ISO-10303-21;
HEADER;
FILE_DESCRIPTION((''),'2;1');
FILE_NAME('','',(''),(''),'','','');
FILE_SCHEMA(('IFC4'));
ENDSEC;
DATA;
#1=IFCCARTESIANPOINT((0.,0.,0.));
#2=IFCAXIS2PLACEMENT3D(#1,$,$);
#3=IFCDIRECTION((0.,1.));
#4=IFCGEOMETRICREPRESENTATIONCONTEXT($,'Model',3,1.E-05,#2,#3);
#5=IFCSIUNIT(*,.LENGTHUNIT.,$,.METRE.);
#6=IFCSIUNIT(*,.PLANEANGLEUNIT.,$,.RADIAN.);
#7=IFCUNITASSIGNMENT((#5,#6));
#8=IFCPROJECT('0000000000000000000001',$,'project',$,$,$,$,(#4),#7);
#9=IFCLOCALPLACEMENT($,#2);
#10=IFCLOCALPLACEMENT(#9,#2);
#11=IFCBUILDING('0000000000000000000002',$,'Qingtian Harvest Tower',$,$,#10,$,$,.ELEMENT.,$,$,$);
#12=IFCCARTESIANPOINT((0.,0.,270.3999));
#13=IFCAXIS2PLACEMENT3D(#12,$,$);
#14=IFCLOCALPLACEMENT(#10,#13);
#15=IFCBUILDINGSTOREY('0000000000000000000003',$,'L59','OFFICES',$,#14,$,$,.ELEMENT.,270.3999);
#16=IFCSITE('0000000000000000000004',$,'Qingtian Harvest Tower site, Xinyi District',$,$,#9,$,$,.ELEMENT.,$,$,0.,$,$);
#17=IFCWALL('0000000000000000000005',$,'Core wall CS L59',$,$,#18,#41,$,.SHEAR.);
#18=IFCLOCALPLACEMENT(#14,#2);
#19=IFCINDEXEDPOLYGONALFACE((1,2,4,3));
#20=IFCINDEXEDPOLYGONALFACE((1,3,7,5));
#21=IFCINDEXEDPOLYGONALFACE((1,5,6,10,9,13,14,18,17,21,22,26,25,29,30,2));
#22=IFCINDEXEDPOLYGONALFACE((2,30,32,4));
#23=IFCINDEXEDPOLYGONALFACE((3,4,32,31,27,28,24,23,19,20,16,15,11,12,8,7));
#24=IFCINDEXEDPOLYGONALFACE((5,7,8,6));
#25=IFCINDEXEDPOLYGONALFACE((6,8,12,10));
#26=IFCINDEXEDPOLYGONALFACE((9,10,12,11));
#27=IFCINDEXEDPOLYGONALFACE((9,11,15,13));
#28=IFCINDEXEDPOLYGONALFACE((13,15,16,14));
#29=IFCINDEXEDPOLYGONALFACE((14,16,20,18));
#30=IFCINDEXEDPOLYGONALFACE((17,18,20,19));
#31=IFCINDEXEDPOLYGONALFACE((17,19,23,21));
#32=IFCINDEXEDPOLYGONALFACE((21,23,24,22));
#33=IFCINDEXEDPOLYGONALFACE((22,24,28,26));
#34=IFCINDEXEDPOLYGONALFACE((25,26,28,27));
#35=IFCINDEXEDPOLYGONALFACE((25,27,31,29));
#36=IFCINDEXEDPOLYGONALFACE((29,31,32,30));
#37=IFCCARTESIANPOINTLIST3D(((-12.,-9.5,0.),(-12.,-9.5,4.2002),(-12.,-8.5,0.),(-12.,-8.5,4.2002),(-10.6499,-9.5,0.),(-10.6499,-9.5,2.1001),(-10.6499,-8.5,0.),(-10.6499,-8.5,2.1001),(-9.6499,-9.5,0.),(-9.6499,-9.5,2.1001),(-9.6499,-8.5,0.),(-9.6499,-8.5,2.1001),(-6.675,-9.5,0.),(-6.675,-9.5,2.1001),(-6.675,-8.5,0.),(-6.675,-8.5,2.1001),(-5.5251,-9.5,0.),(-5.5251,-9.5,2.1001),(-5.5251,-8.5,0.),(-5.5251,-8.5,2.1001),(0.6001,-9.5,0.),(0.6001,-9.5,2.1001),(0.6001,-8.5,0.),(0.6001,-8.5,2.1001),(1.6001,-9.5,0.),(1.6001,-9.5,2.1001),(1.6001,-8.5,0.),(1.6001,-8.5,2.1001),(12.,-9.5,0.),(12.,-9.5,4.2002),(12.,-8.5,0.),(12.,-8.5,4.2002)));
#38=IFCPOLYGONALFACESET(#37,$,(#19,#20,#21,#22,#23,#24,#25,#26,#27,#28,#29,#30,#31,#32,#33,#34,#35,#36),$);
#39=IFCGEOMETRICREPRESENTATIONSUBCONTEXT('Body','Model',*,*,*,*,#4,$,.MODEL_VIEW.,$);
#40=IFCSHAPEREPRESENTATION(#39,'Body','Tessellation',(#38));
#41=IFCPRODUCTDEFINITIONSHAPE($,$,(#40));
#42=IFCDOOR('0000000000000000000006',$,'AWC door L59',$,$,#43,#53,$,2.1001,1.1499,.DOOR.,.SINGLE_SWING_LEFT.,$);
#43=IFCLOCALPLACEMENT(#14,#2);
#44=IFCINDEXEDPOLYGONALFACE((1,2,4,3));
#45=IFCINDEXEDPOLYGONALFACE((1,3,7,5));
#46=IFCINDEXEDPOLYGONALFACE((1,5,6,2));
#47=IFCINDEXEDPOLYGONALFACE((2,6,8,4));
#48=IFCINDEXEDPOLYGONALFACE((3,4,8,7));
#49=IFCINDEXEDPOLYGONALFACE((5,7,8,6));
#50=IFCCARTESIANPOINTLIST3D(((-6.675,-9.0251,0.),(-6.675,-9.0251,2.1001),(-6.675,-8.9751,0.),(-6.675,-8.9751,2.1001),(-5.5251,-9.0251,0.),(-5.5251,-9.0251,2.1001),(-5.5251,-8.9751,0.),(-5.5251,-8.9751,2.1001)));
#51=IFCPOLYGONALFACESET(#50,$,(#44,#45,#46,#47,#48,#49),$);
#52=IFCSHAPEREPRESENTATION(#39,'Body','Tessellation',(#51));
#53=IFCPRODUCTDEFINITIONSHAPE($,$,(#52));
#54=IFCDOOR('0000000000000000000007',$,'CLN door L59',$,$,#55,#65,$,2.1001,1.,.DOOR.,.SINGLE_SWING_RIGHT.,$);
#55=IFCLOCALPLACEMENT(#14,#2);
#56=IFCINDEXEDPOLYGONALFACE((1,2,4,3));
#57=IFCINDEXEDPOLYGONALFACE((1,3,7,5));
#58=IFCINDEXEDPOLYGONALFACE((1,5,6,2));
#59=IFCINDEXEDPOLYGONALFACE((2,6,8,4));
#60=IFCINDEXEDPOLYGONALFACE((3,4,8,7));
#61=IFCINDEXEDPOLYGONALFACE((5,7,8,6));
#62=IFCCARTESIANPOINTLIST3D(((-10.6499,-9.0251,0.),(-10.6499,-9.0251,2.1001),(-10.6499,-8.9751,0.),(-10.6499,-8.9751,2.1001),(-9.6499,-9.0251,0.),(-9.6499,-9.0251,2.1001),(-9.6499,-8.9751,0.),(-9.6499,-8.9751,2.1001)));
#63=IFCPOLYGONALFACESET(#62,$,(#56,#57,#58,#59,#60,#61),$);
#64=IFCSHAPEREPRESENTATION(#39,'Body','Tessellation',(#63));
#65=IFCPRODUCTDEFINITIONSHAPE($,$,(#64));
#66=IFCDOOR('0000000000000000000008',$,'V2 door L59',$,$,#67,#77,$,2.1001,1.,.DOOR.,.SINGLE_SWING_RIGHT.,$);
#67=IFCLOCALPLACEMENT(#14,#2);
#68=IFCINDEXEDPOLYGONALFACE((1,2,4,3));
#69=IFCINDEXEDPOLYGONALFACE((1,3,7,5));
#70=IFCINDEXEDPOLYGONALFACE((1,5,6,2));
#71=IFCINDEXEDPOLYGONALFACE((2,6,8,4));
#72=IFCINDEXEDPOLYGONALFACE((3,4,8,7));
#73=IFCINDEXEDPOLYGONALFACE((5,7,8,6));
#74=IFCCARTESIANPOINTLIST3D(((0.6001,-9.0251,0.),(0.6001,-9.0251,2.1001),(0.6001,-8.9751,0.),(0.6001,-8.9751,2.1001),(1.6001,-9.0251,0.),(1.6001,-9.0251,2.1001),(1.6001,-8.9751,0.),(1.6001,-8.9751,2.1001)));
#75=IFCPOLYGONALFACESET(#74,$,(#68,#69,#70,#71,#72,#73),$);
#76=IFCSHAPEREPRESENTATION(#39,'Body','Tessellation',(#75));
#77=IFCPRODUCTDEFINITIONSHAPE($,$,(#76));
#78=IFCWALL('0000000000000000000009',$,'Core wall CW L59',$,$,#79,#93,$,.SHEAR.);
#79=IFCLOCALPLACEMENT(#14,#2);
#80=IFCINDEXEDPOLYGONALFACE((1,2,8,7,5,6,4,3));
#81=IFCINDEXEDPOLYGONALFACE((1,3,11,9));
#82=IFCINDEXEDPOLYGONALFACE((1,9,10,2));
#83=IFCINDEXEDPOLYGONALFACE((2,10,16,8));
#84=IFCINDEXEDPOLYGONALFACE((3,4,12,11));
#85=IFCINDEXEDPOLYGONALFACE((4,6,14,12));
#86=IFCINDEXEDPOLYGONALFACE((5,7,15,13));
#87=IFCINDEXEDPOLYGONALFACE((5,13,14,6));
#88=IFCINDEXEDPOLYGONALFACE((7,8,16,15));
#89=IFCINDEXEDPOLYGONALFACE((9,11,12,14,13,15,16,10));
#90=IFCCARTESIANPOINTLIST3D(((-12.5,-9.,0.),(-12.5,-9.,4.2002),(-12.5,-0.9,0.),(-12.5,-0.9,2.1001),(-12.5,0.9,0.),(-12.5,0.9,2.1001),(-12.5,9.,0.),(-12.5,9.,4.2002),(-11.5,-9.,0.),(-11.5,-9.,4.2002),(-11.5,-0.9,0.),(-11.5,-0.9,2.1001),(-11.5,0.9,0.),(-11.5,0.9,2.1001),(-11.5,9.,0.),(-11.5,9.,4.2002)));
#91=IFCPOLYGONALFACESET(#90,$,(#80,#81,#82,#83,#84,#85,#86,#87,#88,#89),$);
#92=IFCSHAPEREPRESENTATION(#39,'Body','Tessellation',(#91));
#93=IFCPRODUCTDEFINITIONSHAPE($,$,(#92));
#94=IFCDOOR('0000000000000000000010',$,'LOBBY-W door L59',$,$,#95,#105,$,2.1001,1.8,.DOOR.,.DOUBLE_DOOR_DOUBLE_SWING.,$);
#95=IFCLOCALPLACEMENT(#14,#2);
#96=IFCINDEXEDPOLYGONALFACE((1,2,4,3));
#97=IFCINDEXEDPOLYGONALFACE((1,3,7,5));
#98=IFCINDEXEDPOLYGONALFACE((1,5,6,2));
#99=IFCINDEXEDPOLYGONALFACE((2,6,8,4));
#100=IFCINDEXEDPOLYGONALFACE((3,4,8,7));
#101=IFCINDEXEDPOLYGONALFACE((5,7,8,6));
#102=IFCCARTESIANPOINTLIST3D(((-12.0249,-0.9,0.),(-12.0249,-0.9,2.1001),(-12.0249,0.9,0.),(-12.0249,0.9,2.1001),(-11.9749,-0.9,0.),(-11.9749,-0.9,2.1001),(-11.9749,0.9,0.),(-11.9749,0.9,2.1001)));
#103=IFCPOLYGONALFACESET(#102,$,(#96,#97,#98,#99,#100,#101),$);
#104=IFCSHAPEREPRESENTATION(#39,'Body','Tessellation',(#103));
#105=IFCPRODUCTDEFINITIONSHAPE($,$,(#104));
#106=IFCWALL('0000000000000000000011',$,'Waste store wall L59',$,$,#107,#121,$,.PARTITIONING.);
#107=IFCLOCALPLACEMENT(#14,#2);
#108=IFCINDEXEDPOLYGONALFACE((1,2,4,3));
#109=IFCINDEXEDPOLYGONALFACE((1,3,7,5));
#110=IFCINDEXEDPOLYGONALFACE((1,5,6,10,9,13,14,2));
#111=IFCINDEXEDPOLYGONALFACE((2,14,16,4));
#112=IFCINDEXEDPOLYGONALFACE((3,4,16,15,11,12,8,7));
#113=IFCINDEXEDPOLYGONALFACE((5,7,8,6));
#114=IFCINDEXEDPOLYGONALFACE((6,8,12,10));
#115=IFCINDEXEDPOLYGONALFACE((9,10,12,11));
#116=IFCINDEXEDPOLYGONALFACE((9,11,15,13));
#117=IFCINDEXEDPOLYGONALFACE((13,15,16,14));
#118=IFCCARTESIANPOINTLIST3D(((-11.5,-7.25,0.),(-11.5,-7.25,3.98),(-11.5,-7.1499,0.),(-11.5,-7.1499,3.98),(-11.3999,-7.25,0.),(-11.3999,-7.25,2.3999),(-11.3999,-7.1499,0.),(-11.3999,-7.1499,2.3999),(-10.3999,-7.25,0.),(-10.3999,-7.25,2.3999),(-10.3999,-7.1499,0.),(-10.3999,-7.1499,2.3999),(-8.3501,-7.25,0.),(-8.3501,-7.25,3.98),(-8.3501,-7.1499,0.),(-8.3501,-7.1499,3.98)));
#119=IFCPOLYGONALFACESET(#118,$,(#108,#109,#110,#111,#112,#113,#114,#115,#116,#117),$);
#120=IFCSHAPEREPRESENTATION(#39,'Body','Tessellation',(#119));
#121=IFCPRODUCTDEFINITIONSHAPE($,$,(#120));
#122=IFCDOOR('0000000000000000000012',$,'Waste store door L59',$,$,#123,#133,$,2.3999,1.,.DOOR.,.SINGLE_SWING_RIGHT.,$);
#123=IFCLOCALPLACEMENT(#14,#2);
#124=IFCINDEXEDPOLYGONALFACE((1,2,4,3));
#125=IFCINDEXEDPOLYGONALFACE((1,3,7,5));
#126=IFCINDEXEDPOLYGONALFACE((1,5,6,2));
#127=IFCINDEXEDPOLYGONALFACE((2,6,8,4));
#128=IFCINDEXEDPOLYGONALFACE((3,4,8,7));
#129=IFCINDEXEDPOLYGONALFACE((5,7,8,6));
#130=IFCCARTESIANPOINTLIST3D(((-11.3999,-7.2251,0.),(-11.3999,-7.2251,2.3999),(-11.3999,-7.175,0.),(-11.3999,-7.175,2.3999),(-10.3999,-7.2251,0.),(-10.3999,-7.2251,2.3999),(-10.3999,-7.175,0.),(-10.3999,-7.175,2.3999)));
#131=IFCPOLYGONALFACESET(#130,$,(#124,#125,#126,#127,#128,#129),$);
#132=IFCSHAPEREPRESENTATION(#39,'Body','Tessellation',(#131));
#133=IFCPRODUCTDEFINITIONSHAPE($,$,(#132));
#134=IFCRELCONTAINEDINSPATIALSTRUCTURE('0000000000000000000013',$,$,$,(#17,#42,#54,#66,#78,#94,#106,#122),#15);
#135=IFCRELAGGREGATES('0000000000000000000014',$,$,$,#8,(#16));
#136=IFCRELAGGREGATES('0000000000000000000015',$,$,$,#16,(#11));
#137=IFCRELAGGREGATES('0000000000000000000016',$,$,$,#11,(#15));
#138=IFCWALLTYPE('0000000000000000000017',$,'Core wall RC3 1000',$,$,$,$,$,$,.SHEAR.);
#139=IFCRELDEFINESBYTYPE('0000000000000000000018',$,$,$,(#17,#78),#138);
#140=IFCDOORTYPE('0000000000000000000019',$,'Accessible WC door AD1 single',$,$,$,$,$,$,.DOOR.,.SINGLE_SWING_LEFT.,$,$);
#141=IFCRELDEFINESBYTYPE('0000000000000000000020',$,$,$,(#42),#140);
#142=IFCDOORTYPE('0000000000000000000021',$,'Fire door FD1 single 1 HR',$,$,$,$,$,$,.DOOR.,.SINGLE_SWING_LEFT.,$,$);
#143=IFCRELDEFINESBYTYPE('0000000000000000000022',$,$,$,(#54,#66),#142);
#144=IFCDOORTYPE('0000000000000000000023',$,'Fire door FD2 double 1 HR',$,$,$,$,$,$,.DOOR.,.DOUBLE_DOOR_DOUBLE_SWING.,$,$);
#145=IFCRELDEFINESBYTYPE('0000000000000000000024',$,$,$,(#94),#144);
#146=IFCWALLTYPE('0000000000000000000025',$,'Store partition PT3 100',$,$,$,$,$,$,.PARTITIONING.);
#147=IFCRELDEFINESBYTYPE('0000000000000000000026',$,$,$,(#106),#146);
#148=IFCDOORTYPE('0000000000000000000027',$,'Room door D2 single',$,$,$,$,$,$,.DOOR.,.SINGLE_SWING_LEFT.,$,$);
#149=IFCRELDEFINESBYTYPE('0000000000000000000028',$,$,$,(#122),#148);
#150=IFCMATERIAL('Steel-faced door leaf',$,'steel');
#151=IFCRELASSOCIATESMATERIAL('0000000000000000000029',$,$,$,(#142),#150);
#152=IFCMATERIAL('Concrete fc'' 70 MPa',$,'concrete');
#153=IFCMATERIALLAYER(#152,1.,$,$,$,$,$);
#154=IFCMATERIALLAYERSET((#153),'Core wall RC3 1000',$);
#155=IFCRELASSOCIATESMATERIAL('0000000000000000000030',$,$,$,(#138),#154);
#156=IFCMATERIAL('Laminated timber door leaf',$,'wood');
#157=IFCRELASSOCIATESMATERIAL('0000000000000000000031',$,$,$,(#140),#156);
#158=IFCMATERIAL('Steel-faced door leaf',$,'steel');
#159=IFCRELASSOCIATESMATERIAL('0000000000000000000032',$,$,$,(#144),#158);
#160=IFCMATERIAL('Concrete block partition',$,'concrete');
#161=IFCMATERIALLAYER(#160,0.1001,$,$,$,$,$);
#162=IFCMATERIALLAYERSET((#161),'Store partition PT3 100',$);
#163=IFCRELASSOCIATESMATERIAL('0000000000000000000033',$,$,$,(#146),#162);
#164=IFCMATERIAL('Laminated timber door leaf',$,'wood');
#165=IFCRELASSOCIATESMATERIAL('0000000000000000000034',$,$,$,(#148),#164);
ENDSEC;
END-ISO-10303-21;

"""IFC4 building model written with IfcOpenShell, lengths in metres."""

from ifc_helpers import new_model, si_unit, direction, frame, frame_2d, origin, place, context, subcontext, project, spatial, rectangle, extrude, material, layer, layer_set, type_object, element, fill, save


model = new_model("IFC4")

# Units and contexts
model_context = context("Model", 3, precision=1e-05, world=origin(), true_north=direction((0.0, 1.0)))
body_context = subcontext(model_context, "Body", "Model", "MODEL_VIEW")
ifc_project = project(units=[si_unit("LENGTHUNIT", "METRE"), si_unit("PLANEANGLEUNIT", "RADIAN")], contexts=[model_context])

# Site, building, storey
site_placement = place(None, origin())
site = spatial("IfcSite", under=ifc_project, at=site_placement, Name="Qingtian Harvest Tower site, Xinyi District", CompositionType="ELEMENT", RefElevation=0.0)
building_placement = place(site_placement, origin())
building = spatial("IfcBuilding", under=site, at=building_placement, Name="Qingtian Harvest Tower", CompositionType="ELEMENT")
storey_placement = place(building_placement, frame((0.0, 0.0, 270.3999)))
storey = spatial("IfcBuildingStorey", under=building, at=storey_placement, Name="L59", Description="OFFICES", CompositionType="ELEMENT", Elevation=270.3999)

# Shared definitions
ifc_material_1 = material(Name="Steel-faced door leaf", Category="steel")
door_type_1 = type_object("IfcDoorType", Name="Fire door FD1 single 1 HR", OperationType="SINGLE_SWING_LEFT", PredefinedType="DOOR", material=ifc_material_1)

# Wall, openings, doors
ifc_material_2 = material(Name="Concrete fc' 70 MPa", Category="concrete")
ifc_layer_1 = layer(ifc_material_2, 1.0)
ifc_layer_set_1 = layer_set([ifc_layer_1], Name="Core wall RC3 1000")
wall_type_1 = type_object("IfcWallType", Name="Core wall RC3 1000", PredefinedType="SHEAR", material=ifc_layer_set_1)
wall_1_placement = place(storey_placement, frame((-12.0, -9.0, 0.0), z_axis=(0.0, 0.0, 1.0), x_axis=(1.0, 0.0, 0.0)))
wall_1 = element("IfcWall", 1, at=wall_1_placement, inside=storey, type_object=wall_type_1, Name="Core wall CS L59", PredefinedType="SHEAR", context=body_context, shape_type="SweptSolid", body=[
    extrude(rectangle(XDim=24.0, YDim=1.0, at=frame_2d((12.0, 0.0))), origin(), (0.0, 0.0, 1.0), 4.2002),
])
opening_1_placement = place(wall_1_placement, frame((1.3501, 0.0, 0.0)))
opening_1 = element("IfcOpeningElement", 2, at=opening_1_placement, cuts=wall_1, PredefinedType="OPENING", context=body_context, shape_type="SweptSolid", body=[
    extrude(rectangle(XDim=1.0, YDim=2.1001, at=frame_2d((0.5, 1.05))), frame((0.0, 0.51, 0.0), z_axis=(0.0, -1.0, 0.0), x_axis=(1.0, 0.0, 0.0)), (0.0, 0.0, 1.0), 1.02),
])
opening_2_placement = place(wall_1_placement, frame((5.325, 0.0, 0.0)))
opening_2 = element("IfcOpeningElement", 3, at=opening_2_placement, cuts=wall_1, PredefinedType="OPENING", context=body_context, shape_type="SweptSolid", body=[
    extrude(rectangle(XDim=1.1499, YDim=2.1001, at=frame_2d((0.575, 1.05))), frame((0.0, 0.51, 0.0), z_axis=(0.0, -1.0, 0.0), x_axis=(1.0, 0.0, 0.0)), (0.0, 0.0, 1.0), 1.02),
])
opening_3_placement = place(wall_1_placement, frame((12.6001, 0.0, 0.0)))
opening_3 = element("IfcOpeningElement", 4, at=opening_3_placement, cuts=wall_1, PredefinedType="OPENING", context=body_context, shape_type="SweptSolid", body=[
    extrude(rectangle(XDim=1.0, YDim=2.1001, at=frame_2d((0.5, 1.05))), frame((0.0, 0.51, 0.0), z_axis=(0.0, -1.0, 0.0), x_axis=(1.0, 0.0, 0.0)), (0.0, 0.0, 1.0), 1.02),
])
ifc_material_3 = material(Name="Laminated timber door leaf", Category="wood")
door_type_2 = type_object("IfcDoorType", Name="Accessible WC door AD1 single", OperationType="SINGLE_SWING_LEFT", PredefinedType="DOOR", material=ifc_material_3)
door_1_placement = place(opening_2_placement, origin())
door_1 = element("IfcDoor", 5, at=door_1_placement, inside=storey, type_object=door_type_2, Name="AWC door L59", OperationType="SINGLE_SWING_LEFT", OverallHeight=2.1001, OverallWidth=1.1499, PredefinedType="DOOR", context=body_context, shape_type="SweptSolid", body=[
    extrude(rectangle(XDim=1.1499, YDim=2.1001, at=frame_2d((0.575, 1.05))), frame((0.0, 0.0249, 0.0), z_axis=(0.0, -1.0, 0.0), x_axis=(1.0, 0.0, 0.0)), (0.0, 0.0, 1.0), 0.05),
])
fill(opening_2, door_1)
door_2_placement = place(opening_1_placement, origin())
door_2 = element("IfcDoor", 6, at=door_2_placement, inside=storey, type_object=door_type_1, Name="CLN door L59", OperationType="SINGLE_SWING_RIGHT", OverallHeight=2.1001, OverallWidth=1.0, PredefinedType="DOOR", context=body_context, shape_type="SweptSolid", body=[
    extrude(rectangle(XDim=1.0, YDim=2.1001, at=frame_2d((0.5, 1.05))), frame((0.0, 0.0249, 0.0), z_axis=(0.0, -1.0, 0.0), x_axis=(1.0, 0.0, 0.0)), (0.0, 0.0, 1.0), 0.05),
])
fill(opening_1, door_2)
door_3_placement = place(opening_3_placement, origin())
door_3 = element("IfcDoor", 7, at=door_3_placement, inside=storey, type_object=door_type_1, Name="V2 door L59", OperationType="SINGLE_SWING_RIGHT", OverallHeight=2.1001, OverallWidth=1.0, PredefinedType="DOOR", context=body_context, shape_type="SweptSolid", body=[
    extrude(rectangle(XDim=1.0, YDim=2.1001, at=frame_2d((0.5, 1.05))), frame((0.0, 0.0249, 0.0), z_axis=(0.0, -1.0, 0.0), x_axis=(1.0, 0.0, 0.0)), (0.0, 0.0, 1.0), 0.05),
])
fill(opening_3, door_3)

# Walls, openings, doors
wall_2_placement = place(storey_placement, frame((-12.0, -9.0, 0.0), z_axis=(0.0, 0.0, 1.0), x_axis=(0.0, 1.0, 0.0)))
wall_2 = element("IfcWall", 8, at=wall_2_placement, inside=storey, type_object=wall_type_1, Name="Core wall CW L59", PredefinedType="SHEAR", context=body_context, shape_type="SweptSolid", body=[
    extrude(rectangle(XDim=18.0, YDim=1.0, at=frame_2d((9.0, 0.0))), origin(), (0.0, 0.0, 1.0), 4.2002),
])
opening_4_placement = place(wall_2_placement, frame((8.1001, 0.0, 0.0)))
opening_4 = element("IfcOpeningElement", 9, at=opening_4_placement, cuts=wall_2, PredefinedType="OPENING", context=body_context, shape_type="SweptSolid", body=[
    extrude(rectangle(XDim=1.8, YDim=2.1001, at=frame_2d((0.8999, 1.05))), frame((0.0, 0.51, 0.0), z_axis=(0.0, -1.0, 0.0), x_axis=(1.0, 0.0, 0.0)), (0.0, 0.0, 1.0), 1.02),
])
ifc_material_4 = material(Name="Steel-faced door leaf", Category="steel")
door_type_3 = type_object("IfcDoorType", Name="Fire door FD2 double 1 HR", OperationType="DOUBLE_DOOR_DOUBLE_SWING", PredefinedType="DOOR", material=ifc_material_4)
door_4_placement = place(opening_4_placement, origin())
door_4 = element("IfcDoor", 10, at=door_4_placement, inside=storey, type_object=door_type_3, Name="LOBBY-W door L59", OperationType="DOUBLE_DOOR_DOUBLE_SWING", OverallHeight=2.1001, OverallWidth=1.8, PredefinedType="DOOR", context=body_context, shape_type="SweptSolid", body=[
    extrude(rectangle(XDim=1.8, YDim=2.1001, at=frame_2d((0.8999, 1.05))), frame((0.0, 0.0249, 0.0), z_axis=(0.0, -1.0, 0.0), x_axis=(1.0, 0.0, 0.0)), (0.0, 0.0, 1.0), 0.05),
])
fill(opening_4, door_4)
ifc_material_5 = material(Name="Concrete block partition", Category="concrete")
ifc_layer_2 = layer(ifc_material_5, 0.1001)
ifc_layer_set_2 = layer_set([ifc_layer_2], Name="Store partition PT3 100")
wall_type_2 = type_object("IfcWallType", Name="Store partition PT3 100", PredefinedType="PARTITIONING", material=ifc_layer_set_2)
wall_3_placement = place(storey_placement, frame((-11.5, -7.2, 0.0), z_axis=(0.0, 0.0, 1.0), x_axis=(1.0, 0.0, 0.0)))
wall_3 = element("IfcWall", 11, at=wall_3_placement, inside=storey, type_object=wall_type_2, Name="Waste store wall L59", PredefinedType="PARTITIONING", context=body_context, shape_type="SweptSolid", body=[
    extrude(rectangle(XDim=3.1499, YDim=0.1001, at=frame_2d((1.575, 0.0))), origin(), (0.0, 0.0, 1.0), 3.98),
])
opening_5_placement = place(wall_3_placement, frame((0.1001, 0.0, 0.0)))
opening_5 = element("IfcOpeningElement", 12, at=opening_5_placement, cuts=wall_3, PredefinedType="OPENING", context=body_context, shape_type="SweptSolid", body=[
    extrude(rectangle(XDim=1.0, YDim=2.3999, at=frame_2d((0.5, 1.2))), frame((0.0, 0.0601, 0.0), z_axis=(0.0, -1.0, 0.0), x_axis=(1.0, 0.0, 0.0)), (0.0, 0.0, 1.0), 0.1201),
])
ifc_material_6 = material(Name="Laminated timber door leaf", Category="wood")
door_type_4 = type_object("IfcDoorType", Name="Room door D2 single", OperationType="SINGLE_SWING_LEFT", PredefinedType="DOOR", material=ifc_material_6)
door_5_placement = place(opening_5_placement, origin())
door_5 = element("IfcDoor", 13, at=door_5_placement, inside=storey, type_object=door_type_4, Name="Waste store door L59", OperationType="SINGLE_SWING_RIGHT", OverallHeight=2.3999, OverallWidth=1.0, PredefinedType="DOOR", context=body_context, shape_type="SweptSolid", body=[
    extrude(rectangle(XDim=1.0, YDim=2.3999, at=frame_2d((0.5, 1.2))), frame((0.0, 0.0249, 0.0), z_axis=(0.0, -1.0, 0.0), x_axis=(1.0, 0.0, 0.0)), (0.0, 0.0, 1.0), 0.05),
])
fill(opening_5, door_5)

save(model, "model.ifc")
